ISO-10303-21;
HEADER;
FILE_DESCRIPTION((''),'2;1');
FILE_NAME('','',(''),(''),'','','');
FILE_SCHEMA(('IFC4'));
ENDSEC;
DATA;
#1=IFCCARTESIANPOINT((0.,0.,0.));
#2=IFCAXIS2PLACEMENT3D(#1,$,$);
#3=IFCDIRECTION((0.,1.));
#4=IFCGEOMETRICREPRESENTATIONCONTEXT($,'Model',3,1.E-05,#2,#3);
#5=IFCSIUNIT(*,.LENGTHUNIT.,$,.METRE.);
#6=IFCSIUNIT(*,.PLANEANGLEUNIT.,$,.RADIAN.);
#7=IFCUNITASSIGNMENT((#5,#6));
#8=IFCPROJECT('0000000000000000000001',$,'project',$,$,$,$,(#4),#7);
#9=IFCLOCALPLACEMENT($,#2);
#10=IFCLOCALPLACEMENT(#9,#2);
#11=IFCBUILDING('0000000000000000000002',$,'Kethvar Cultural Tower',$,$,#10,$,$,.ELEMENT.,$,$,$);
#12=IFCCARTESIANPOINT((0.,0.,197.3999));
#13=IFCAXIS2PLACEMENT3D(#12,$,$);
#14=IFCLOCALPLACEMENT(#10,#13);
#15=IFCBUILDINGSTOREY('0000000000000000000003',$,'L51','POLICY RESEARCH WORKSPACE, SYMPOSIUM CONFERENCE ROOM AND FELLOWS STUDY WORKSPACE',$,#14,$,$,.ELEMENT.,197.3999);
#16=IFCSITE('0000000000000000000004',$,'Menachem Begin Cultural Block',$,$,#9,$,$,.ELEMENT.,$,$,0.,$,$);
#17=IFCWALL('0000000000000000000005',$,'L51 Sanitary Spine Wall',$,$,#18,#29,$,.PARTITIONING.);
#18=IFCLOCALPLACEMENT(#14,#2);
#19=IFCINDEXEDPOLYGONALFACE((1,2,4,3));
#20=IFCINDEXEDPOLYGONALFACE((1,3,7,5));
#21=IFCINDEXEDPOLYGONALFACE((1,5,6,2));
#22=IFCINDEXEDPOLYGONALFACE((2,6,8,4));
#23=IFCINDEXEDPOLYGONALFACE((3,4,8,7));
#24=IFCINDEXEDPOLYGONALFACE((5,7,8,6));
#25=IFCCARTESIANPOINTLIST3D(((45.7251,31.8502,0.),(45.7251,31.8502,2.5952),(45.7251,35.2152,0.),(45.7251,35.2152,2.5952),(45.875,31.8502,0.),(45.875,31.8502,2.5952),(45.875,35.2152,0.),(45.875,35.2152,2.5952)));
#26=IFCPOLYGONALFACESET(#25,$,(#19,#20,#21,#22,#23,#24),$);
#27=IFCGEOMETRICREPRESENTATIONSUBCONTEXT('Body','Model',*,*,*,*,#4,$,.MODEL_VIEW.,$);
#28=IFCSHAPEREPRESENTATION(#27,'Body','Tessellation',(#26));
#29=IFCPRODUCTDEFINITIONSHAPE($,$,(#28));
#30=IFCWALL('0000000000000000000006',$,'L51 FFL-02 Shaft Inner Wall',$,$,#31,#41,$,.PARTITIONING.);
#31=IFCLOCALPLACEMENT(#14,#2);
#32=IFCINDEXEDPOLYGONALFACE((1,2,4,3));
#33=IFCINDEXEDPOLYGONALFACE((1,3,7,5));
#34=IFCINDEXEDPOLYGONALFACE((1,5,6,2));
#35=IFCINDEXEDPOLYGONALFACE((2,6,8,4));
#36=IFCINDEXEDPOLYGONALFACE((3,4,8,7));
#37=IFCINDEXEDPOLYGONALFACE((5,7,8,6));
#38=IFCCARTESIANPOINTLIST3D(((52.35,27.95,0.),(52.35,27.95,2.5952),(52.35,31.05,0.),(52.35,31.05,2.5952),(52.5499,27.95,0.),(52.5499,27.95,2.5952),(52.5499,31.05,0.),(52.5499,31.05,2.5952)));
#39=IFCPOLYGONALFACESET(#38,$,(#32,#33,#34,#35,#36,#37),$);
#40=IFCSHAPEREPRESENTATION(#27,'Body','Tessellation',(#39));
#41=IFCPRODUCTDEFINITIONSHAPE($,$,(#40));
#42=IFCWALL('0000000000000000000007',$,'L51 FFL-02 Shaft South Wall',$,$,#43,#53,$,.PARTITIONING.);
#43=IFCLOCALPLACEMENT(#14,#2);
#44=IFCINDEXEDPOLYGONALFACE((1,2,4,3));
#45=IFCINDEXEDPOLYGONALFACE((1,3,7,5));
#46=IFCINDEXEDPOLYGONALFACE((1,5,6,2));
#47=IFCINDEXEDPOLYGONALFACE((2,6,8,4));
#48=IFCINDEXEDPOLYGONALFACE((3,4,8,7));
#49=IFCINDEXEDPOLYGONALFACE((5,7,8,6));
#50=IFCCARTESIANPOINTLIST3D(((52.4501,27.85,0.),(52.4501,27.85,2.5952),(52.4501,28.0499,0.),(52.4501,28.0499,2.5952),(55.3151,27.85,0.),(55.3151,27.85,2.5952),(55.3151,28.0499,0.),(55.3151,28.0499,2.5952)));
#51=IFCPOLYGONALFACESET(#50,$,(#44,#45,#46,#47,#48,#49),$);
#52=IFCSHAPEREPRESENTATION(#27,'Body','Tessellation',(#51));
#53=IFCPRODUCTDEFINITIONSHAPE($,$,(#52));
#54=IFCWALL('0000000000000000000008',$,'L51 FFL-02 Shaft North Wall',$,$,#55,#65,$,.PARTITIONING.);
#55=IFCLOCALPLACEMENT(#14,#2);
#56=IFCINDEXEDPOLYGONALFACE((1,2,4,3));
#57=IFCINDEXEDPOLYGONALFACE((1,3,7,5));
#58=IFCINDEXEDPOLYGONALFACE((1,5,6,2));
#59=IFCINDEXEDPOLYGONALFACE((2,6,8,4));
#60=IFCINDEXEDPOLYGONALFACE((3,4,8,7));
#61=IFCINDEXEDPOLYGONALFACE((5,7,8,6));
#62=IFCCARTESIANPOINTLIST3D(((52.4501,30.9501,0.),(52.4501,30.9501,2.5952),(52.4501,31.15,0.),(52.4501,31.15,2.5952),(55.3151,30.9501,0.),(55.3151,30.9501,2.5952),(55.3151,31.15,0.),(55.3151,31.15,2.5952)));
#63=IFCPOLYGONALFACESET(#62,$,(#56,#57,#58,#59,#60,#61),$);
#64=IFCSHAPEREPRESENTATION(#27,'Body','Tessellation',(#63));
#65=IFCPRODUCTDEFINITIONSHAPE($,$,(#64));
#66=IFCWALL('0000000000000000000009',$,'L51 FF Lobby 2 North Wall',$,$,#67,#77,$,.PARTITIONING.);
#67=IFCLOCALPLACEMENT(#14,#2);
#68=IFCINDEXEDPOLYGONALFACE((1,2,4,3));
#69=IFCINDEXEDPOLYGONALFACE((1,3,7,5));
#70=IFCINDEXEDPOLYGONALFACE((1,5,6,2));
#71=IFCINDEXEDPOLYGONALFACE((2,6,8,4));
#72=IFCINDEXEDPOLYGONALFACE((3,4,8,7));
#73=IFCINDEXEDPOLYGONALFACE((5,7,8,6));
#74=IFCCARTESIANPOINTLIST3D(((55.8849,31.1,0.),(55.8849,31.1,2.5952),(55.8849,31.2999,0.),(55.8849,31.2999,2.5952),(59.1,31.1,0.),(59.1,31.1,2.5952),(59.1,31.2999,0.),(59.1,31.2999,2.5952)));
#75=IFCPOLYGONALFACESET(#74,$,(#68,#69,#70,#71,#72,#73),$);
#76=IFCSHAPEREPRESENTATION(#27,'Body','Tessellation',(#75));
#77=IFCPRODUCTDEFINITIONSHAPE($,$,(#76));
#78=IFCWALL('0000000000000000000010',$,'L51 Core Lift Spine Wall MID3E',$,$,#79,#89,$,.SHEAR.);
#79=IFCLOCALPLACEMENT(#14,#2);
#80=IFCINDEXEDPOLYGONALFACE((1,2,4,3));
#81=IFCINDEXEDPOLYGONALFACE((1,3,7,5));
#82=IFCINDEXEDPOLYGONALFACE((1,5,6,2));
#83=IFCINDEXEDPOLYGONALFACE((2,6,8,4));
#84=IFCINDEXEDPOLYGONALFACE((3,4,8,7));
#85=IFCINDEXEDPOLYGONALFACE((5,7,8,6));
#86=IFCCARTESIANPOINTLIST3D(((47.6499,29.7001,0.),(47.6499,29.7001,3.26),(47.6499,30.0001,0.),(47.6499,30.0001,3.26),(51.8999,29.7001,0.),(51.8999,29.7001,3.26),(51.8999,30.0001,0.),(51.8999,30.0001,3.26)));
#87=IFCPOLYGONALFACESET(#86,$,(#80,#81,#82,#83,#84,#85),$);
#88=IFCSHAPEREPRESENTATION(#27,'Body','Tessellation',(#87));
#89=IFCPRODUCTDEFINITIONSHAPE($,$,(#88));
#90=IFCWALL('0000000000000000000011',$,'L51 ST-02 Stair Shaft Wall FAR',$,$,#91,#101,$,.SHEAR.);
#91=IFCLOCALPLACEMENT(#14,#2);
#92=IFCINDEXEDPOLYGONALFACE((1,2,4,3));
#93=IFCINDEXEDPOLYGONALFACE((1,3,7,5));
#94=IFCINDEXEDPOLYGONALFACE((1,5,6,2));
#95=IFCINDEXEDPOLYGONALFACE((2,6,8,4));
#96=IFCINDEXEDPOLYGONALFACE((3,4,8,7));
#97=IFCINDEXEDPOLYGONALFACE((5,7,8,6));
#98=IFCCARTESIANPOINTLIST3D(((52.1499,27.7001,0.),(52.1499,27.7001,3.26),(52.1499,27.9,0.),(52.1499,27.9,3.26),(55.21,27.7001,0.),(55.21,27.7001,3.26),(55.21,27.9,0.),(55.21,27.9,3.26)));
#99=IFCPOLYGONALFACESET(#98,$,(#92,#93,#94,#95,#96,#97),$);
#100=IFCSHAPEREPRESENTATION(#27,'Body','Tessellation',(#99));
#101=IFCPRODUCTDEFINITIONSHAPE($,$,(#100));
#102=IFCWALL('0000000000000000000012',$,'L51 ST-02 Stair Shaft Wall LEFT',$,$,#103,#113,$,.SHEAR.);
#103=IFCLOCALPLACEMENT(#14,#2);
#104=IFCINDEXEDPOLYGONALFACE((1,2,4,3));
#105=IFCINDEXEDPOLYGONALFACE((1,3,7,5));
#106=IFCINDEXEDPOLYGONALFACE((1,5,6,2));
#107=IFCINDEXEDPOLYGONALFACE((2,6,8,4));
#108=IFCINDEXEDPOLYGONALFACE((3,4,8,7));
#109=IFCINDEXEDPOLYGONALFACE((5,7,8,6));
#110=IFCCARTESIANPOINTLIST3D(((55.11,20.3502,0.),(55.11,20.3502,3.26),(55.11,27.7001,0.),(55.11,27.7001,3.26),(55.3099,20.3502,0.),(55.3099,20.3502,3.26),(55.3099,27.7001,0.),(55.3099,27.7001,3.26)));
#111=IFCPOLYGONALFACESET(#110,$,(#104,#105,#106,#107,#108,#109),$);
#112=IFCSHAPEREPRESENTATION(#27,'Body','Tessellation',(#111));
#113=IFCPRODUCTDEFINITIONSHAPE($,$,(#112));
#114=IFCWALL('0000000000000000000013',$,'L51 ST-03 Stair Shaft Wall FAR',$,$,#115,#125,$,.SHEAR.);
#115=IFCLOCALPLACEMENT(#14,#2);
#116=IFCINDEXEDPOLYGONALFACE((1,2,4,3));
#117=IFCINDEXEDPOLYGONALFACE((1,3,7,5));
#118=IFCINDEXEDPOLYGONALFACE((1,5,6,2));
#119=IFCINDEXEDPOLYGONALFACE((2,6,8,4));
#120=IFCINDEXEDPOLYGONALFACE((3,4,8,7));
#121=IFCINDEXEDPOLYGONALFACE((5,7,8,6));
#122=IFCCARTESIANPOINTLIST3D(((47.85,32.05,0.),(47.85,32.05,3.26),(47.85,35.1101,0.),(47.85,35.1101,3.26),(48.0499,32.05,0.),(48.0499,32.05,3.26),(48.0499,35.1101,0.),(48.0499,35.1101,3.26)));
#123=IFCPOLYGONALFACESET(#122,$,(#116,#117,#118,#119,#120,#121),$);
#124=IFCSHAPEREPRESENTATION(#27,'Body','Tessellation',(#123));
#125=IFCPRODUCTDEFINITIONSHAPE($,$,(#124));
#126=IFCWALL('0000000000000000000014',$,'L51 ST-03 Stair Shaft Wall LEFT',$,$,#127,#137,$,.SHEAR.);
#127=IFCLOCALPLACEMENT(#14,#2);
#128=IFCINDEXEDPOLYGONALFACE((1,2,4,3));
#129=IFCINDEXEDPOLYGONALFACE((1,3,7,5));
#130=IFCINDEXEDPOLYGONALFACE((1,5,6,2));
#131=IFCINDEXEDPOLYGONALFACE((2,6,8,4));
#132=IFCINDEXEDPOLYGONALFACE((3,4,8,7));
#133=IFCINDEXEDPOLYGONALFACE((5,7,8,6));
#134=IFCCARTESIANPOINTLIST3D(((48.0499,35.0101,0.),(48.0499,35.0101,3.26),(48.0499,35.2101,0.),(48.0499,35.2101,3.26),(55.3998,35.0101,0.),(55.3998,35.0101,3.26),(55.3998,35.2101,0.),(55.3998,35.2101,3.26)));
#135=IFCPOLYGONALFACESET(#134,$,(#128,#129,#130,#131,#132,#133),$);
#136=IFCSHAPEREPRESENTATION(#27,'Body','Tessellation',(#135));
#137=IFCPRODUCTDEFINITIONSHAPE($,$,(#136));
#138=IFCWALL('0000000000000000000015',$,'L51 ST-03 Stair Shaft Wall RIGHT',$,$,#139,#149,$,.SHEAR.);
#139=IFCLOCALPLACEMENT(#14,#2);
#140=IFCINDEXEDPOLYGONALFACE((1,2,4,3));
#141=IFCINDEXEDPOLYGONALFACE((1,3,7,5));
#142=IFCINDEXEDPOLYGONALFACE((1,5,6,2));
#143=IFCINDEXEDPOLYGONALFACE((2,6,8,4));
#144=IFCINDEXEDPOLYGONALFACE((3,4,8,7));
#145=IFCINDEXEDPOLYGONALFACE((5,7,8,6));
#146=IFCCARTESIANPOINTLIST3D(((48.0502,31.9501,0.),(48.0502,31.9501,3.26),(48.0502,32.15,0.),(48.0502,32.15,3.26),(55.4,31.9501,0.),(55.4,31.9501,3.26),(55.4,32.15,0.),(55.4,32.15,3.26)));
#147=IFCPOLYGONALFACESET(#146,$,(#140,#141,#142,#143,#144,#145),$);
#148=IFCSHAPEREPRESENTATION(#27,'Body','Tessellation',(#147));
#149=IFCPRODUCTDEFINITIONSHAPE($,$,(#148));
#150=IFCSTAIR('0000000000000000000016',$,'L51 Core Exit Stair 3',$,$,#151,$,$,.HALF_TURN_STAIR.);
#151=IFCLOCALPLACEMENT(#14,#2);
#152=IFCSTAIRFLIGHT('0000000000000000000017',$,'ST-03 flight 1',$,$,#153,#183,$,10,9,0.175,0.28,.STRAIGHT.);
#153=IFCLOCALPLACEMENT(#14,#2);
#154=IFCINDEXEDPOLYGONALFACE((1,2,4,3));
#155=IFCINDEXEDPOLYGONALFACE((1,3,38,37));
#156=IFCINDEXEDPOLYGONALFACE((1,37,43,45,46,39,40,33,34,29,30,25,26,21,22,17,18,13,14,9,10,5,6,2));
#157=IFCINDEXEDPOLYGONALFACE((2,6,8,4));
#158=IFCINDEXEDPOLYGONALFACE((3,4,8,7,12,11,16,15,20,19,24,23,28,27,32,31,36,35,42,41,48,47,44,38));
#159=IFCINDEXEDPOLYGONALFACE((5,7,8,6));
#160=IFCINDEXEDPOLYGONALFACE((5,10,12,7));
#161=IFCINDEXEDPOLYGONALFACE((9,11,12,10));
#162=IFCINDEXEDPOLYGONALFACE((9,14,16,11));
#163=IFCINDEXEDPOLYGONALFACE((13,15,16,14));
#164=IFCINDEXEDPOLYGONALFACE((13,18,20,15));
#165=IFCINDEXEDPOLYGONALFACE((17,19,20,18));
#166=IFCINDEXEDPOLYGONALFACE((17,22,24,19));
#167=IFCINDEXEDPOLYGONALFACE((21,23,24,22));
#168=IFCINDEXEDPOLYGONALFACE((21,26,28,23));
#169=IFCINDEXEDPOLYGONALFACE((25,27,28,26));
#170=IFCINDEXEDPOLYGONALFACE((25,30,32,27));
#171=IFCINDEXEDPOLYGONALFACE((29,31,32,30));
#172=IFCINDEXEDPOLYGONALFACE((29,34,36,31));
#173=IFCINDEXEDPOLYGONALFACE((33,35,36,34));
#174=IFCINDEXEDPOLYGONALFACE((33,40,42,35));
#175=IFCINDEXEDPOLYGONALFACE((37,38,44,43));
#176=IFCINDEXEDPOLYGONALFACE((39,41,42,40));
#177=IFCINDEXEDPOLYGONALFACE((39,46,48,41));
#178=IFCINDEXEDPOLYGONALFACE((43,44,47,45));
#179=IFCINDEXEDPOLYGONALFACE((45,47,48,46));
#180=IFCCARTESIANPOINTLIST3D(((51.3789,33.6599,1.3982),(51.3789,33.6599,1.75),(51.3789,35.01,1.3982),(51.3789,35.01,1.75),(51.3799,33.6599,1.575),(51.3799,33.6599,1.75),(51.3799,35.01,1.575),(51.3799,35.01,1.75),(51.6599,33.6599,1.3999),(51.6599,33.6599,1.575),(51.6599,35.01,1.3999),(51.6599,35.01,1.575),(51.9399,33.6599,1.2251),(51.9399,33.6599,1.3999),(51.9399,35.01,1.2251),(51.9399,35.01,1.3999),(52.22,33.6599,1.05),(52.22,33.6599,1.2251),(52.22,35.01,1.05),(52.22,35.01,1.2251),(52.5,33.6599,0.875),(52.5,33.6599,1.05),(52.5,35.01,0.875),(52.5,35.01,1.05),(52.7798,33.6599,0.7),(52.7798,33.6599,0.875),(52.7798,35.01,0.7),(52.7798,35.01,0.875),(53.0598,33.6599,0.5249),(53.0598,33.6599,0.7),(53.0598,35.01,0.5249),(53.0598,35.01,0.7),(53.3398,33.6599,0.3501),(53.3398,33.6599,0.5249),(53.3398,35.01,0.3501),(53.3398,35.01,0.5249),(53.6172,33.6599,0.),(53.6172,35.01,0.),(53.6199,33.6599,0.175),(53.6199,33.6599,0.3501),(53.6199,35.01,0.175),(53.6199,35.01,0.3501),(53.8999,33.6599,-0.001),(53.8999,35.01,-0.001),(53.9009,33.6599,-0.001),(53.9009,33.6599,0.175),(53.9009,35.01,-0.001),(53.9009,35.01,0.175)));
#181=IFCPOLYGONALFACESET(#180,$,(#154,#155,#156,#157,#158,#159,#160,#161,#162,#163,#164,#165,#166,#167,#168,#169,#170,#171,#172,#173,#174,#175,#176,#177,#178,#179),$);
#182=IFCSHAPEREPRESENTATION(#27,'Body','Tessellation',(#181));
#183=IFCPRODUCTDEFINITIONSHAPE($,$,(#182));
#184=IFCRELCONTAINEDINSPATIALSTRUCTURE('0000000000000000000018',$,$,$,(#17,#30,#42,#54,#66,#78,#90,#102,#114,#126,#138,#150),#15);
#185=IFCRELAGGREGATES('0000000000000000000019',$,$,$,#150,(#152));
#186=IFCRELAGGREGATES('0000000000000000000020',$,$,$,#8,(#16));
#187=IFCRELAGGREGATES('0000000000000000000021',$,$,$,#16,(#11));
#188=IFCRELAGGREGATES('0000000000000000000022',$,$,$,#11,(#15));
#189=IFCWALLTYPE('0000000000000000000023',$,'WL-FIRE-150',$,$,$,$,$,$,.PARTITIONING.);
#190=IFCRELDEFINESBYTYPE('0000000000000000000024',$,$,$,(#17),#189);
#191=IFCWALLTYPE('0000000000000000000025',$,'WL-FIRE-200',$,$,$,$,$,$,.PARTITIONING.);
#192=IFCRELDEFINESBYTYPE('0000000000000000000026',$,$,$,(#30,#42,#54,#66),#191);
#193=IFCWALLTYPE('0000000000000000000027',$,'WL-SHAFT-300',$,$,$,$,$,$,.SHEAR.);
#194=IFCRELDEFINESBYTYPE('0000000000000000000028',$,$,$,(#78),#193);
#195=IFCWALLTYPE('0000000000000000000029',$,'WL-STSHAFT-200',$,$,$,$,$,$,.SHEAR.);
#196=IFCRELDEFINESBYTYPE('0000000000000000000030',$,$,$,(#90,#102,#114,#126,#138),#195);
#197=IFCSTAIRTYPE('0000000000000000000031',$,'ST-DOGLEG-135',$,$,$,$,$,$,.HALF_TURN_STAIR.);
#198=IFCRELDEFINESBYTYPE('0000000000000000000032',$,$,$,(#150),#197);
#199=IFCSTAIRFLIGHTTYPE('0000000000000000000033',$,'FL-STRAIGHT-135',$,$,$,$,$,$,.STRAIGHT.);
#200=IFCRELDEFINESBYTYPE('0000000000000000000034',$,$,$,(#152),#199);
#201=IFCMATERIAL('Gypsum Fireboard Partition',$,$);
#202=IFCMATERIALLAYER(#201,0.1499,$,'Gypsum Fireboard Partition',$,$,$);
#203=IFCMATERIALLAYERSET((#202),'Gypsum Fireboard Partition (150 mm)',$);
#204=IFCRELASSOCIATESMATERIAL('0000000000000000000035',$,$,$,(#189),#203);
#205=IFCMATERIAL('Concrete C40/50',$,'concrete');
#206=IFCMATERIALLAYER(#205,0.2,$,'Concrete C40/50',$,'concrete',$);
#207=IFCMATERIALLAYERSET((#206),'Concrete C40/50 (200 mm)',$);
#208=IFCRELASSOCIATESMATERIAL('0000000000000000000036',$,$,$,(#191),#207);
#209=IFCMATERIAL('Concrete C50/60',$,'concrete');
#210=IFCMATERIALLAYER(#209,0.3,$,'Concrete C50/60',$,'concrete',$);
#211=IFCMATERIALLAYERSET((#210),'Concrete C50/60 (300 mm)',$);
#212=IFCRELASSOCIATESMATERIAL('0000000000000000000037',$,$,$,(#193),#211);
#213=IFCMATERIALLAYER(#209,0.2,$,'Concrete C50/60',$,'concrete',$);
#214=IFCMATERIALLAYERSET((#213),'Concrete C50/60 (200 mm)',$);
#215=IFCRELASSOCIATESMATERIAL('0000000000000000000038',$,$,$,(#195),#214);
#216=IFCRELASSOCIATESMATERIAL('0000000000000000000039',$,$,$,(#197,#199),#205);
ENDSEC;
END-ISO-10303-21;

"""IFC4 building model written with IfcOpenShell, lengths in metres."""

from ifc_helpers import new_model, si_unit, direction, frame, frame_2d, origin, place, context, subcontext, project, spatial, polyline, rectangle, outline, extrude, material, layer, layer_set, type_object, element, aggregate, save


model = new_model("IFC4")

# Units and contexts
model_context = context("Model", 3, precision=1e-05, world=origin(), true_north=direction((0.0, 1.0)))
body_context = subcontext(model_context, "Body", "Model", "MODEL_VIEW")
ifc_project = project(units=[si_unit("LENGTHUNIT", "METRE"), si_unit("PLANEANGLEUNIT", "RADIAN")], contexts=[model_context])

# Site, building, storey
site_placement = place(None, origin())
site = spatial("IfcSite", under=ifc_project, at=site_placement, Name="Menachem Begin Cultural Block", CompositionType="ELEMENT", RefElevation=0.0)
building_placement = place(site_placement, origin())
building = spatial("IfcBuilding", under=site, at=building_placement, Name="Kethvar Cultural Tower", CompositionType="ELEMENT")
storey_placement = place(building_placement, frame((0.0, 0.0, 197.3999)))
storey = spatial("IfcBuildingStorey", under=building, at=storey_placement, Name="L51", Description="POLICY RESEARCH WORKSPACE, SYMPOSIUM CONFERENCE ROOM AND FELLOWS STUDY WORKSPACE", CompositionType="ELEMENT", Elevation=197.3999)

# Walls
ifc_material_1 = material(Name="Gypsum Fireboard Partition")
ifc_layer_1 = layer(ifc_material_1, 0.1499, Name="Gypsum Fireboard Partition")
ifc_layer_set_1 = layer_set([ifc_layer_1], Name="Gypsum Fireboard Partition (150 mm)")
wall_type_1 = type_object("IfcWallType", Name="WL-FIRE-150", PredefinedType="PARTITIONING", material=ifc_layer_set_1)
wall_1_placement = place(storey_placement, frame((45.8, 31.8501, 0.0), z_axis=(0.0, 0.0, 1.0), x_axis=(0.0, 1.0, 0.0)))
element("IfcWall", 1, at=wall_1_placement, inside=storey, type_object=wall_type_1, Name="L51 Sanitary Spine Wall", PredefinedType="PARTITIONING", context=body_context, shape_type="SweptSolid", body=[
    extrude(rectangle(XDim=3.365, YDim=0.1499, at=frame_2d((1.6826, 0.0))), origin(), (0.0, 0.0, 1.0), 2.5952),
])
ifc_material_2 = material(Name="Concrete C40/50", Category="concrete")
ifc_layer_2 = layer(ifc_material_2, 0.2, Name="Concrete C40/50", Category="concrete")
ifc_layer_set_2 = layer_set([ifc_layer_2], Name="Concrete C40/50 (200 mm)")
wall_type_2 = type_object("IfcWallType", Name="WL-FIRE-200", PredefinedType="PARTITIONING", material=ifc_layer_set_2)
wall_2_placement = place(storey_placement, frame((52.45, 27.95, 0.0), z_axis=(0.0, 0.0, 1.0), x_axis=(0.0, 1.0, 0.0)))
element("IfcWall", 2, at=wall_2_placement, inside=storey, type_object=wall_type_2, Name="L51 FFL-02 Shaft Inner Wall", PredefinedType="PARTITIONING", context=body_context, shape_type="SweptSolid", body=[
    extrude(rectangle(XDim=3.1001, YDim=0.2, at=frame_2d((1.55, 0.0))), origin(), (0.0, 0.0, 1.0), 2.5952),
])
for number, where, z_axis, x_axis, name in (
    (3, (52.45, 27.95, 0.0), (0.0, 0.0, 1.0), (1.0, 0.0, 0.0), "L51 FFL-02 Shaft South Wall"),
    (4, (52.45, 31.05, 0.0), (0.0, 0.0, 1.0), (1.0, 0.0, 0.0), "L51 FFL-02 Shaft North Wall"),
):
    element("IfcWall", number, at=place(storey_placement, frame(where, z_axis=z_axis, x_axis=x_axis)), inside=storey, type_object=wall_type_2, Name=name, PredefinedType="PARTITIONING", context=body_context, shape_type="SweptSolid", body=[
        extrude(rectangle(XDim=2.865, YDim=0.2, at=frame_2d((1.4326, 0.0))), origin(), (0.0, 0.0, 1.0), 2.5952),
    ])
wall_3_placement = place(storey_placement, frame((55.885, 31.2, 0.0), z_axis=(0.0, 0.0, 1.0), x_axis=(1.0, 0.0, 0.0)))
element("IfcWall", 5, at=wall_3_placement, inside=storey, type_object=wall_type_2, Name="L51 FF Lobby 2 North Wall", PredefinedType="PARTITIONING", context=body_context, shape_type="SweptSolid", body=[
    extrude(rectangle(XDim=3.2151, YDim=0.2, at=frame_2d((1.6074, 0.0))), origin(), (0.0, 0.0, 1.0), 2.5952),
])
ifc_material_3 = material(Name="Concrete C50/60", Category="concrete")
ifc_layer_3 = layer(ifc_material_3, 0.3, Name="Concrete C50/60", Category="concrete")
ifc_layer_set_3 = layer_set([ifc_layer_3], Name="Concrete C50/60 (300 mm)")
wall_type_3 = type_object("IfcWallType", Name="WL-SHAFT-300", PredefinedType="SHEAR", material=ifc_layer_set_3)
wall_4_placement = place(storey_placement, frame((47.6499, 29.8501, 0.0), z_axis=(0.0, 0.0, 1.0), x_axis=(1.0, 0.0, 0.0)))
element("IfcWall", 6, at=wall_4_placement, inside=storey, type_object=wall_type_3, Name="L51 Core Lift Spine Wall MID3E", PredefinedType="SHEAR", context=body_context, shape_type="SweptSolid", body=[
    extrude(rectangle(XDim=4.25, YDim=0.3, at=frame_2d((2.125, 0.0))), origin(), (0.0, 0.0, 1.0), 3.26),
])
ifc_layer_4 = layer(ifc_material_3, 0.2, Name="Concrete C50/60", Category="concrete")
ifc_layer_set_4 = layer_set([ifc_layer_4], Name="Concrete C50/60 (200 mm)")
wall_type_4 = type_object("IfcWallType", Name="WL-STSHAFT-200", PredefinedType="SHEAR", material=ifc_layer_set_4)
wall_5_placement = place(storey_placement, frame((52.1499, 27.8, 0.0), z_axis=(0.0, 0.0, 1.0), x_axis=(1.0, 0.0, 0.0)))
element("IfcWall", 7, at=wall_5_placement, inside=storey, type_object=wall_type_4, Name="L51 ST-02 Stair Shaft Wall FAR", PredefinedType="SHEAR", context=body_context, shape_type="SweptSolid", body=[
    extrude(rectangle(XDim=3.0601, YDim=0.2, at=frame_2d((1.53, 0.0))), origin(), (0.0, 0.0, 1.0), 3.26),
])
wall_6_placement = place(storey_placement, frame((55.21, 27.7, 0.0), z_axis=(0.0, 0.0, 1.0), x_axis=(0.0, -1.0, 0.0)))
element("IfcWall", 8, at=wall_6_placement, inside=storey, type_object=wall_type_4, Name="L51 ST-02 Stair Shaft Wall LEFT", PredefinedType="SHEAR", context=body_context, shape_type="SweptSolid", body=[
    extrude(rectangle(XDim=7.3499, YDim=0.2, at=frame_2d((3.6748, 0.0))), origin(), (0.0, 0.0, 1.0), 3.26),
])
wall_7_placement = place(storey_placement, frame((47.95, 32.05, 0.0), z_axis=(0.0, 0.0, 1.0), x_axis=(0.0, 1.0, 0.0)))
element("IfcWall", 9, at=wall_7_placement, inside=storey, type_object=wall_type_4, Name="L51 ST-03 Stair Shaft Wall FAR", PredefinedType="SHEAR", context=body_context, shape_type="SweptSolid", body=[
    extrude(rectangle(XDim=3.0601, YDim=0.2, at=frame_2d((1.53, 0.0))), origin(), (0.0, 0.0, 1.0), 3.26),
])
for number, where, z_axis, x_axis, name in (
    (10, (48.05, 35.1101, 0.0), (0.0, 0.0, 1.0), (1.0, 0.0, 0.0), "L51 ST-03 Stair Shaft Wall LEFT"),
    (11, (55.3999, 32.05, 0.0), (0.0, 0.0, 1.0), (-1.0, 0.0, 0.0), "L51 ST-03 Stair Shaft Wall RIGHT"),
):
    element("IfcWall", number, at=place(storey_placement, frame(where, z_axis=z_axis, x_axis=x_axis)), inside=storey, type_object=wall_type_4, Name=name, PredefinedType="SHEAR", context=body_context, shape_type="SweptSolid", body=[
        extrude(rectangle(XDim=7.3499, YDim=0.2, at=frame_2d((3.6748, 0.0))), origin(), (0.0, 0.0, 1.0), 3.26),
    ])

# Stair, stair flight
stair_type = type_object("IfcStairType", Name="ST-DOGLEG-135", PredefinedType="HALF_TURN_STAIR", material=ifc_material_2)
stair_placement = place(storey_placement, origin())
stair = element("IfcStair", 12, at=stair_placement, inside=storey, type_object=stair_type, Name="L51 Core Exit Stair 3", PredefinedType="HALF_TURN_STAIR")
stair_flight_type = type_object("IfcStairFlightType", Name="FL-STRAIGHT-135", PredefinedType="STRAIGHT", material=ifc_material_2)
stair_flight_1_placement = place(storey_placement, frame((53.8999, 34.335, 0.0), z_axis=(0.0, 0.0, 1.0), x_axis=(-1.0, 0.0, 0.0)))
stair_flight_1 = element("IfcStairFlight", 13, at=stair_flight_1_placement, type_object=stair_flight_type, Name="ST-03 flight 1", NumberOfRisers=10, NumberOfTreads=9, PredefinedType="STRAIGHT", RiserHeight=0.175, TreadLength=0.28, context=body_context, shape_type="SweptSolid", body=[
    extrude(outline(polyline([(-0.001, -0.001), (-0.001, 0.175), (0.28, 0.175), (0.28, 0.3501), (0.5601, 0.3501), (0.5601, 0.5249), (0.8401, 0.5249), (0.8401, 0.7), (1.1201, 0.7), (1.1201, 0.875), (1.3999, 0.875), (1.3999, 1.05), (1.6799, 1.05), (1.6799, 1.2251), (1.96, 1.2251), (1.96, 1.3999), (2.24, 1.3999), (2.24, 1.575), (2.52, 1.575), (2.52, 1.75), (2.521, 1.75), (2.521, 1.3982), (0.2827, 0.0), (0.0, -0.001), (-0.001, -0.001)])), frame((0.0, 0.675, 0.0), z_axis=(0.0, -1.0, 0.0), x_axis=(1.0, 0.0, 0.0)), (0.0, 0.0, 1.0), 1.3501),
])
aggregate(stair, [stair_flight_1])

save(model, "model.ifc")
